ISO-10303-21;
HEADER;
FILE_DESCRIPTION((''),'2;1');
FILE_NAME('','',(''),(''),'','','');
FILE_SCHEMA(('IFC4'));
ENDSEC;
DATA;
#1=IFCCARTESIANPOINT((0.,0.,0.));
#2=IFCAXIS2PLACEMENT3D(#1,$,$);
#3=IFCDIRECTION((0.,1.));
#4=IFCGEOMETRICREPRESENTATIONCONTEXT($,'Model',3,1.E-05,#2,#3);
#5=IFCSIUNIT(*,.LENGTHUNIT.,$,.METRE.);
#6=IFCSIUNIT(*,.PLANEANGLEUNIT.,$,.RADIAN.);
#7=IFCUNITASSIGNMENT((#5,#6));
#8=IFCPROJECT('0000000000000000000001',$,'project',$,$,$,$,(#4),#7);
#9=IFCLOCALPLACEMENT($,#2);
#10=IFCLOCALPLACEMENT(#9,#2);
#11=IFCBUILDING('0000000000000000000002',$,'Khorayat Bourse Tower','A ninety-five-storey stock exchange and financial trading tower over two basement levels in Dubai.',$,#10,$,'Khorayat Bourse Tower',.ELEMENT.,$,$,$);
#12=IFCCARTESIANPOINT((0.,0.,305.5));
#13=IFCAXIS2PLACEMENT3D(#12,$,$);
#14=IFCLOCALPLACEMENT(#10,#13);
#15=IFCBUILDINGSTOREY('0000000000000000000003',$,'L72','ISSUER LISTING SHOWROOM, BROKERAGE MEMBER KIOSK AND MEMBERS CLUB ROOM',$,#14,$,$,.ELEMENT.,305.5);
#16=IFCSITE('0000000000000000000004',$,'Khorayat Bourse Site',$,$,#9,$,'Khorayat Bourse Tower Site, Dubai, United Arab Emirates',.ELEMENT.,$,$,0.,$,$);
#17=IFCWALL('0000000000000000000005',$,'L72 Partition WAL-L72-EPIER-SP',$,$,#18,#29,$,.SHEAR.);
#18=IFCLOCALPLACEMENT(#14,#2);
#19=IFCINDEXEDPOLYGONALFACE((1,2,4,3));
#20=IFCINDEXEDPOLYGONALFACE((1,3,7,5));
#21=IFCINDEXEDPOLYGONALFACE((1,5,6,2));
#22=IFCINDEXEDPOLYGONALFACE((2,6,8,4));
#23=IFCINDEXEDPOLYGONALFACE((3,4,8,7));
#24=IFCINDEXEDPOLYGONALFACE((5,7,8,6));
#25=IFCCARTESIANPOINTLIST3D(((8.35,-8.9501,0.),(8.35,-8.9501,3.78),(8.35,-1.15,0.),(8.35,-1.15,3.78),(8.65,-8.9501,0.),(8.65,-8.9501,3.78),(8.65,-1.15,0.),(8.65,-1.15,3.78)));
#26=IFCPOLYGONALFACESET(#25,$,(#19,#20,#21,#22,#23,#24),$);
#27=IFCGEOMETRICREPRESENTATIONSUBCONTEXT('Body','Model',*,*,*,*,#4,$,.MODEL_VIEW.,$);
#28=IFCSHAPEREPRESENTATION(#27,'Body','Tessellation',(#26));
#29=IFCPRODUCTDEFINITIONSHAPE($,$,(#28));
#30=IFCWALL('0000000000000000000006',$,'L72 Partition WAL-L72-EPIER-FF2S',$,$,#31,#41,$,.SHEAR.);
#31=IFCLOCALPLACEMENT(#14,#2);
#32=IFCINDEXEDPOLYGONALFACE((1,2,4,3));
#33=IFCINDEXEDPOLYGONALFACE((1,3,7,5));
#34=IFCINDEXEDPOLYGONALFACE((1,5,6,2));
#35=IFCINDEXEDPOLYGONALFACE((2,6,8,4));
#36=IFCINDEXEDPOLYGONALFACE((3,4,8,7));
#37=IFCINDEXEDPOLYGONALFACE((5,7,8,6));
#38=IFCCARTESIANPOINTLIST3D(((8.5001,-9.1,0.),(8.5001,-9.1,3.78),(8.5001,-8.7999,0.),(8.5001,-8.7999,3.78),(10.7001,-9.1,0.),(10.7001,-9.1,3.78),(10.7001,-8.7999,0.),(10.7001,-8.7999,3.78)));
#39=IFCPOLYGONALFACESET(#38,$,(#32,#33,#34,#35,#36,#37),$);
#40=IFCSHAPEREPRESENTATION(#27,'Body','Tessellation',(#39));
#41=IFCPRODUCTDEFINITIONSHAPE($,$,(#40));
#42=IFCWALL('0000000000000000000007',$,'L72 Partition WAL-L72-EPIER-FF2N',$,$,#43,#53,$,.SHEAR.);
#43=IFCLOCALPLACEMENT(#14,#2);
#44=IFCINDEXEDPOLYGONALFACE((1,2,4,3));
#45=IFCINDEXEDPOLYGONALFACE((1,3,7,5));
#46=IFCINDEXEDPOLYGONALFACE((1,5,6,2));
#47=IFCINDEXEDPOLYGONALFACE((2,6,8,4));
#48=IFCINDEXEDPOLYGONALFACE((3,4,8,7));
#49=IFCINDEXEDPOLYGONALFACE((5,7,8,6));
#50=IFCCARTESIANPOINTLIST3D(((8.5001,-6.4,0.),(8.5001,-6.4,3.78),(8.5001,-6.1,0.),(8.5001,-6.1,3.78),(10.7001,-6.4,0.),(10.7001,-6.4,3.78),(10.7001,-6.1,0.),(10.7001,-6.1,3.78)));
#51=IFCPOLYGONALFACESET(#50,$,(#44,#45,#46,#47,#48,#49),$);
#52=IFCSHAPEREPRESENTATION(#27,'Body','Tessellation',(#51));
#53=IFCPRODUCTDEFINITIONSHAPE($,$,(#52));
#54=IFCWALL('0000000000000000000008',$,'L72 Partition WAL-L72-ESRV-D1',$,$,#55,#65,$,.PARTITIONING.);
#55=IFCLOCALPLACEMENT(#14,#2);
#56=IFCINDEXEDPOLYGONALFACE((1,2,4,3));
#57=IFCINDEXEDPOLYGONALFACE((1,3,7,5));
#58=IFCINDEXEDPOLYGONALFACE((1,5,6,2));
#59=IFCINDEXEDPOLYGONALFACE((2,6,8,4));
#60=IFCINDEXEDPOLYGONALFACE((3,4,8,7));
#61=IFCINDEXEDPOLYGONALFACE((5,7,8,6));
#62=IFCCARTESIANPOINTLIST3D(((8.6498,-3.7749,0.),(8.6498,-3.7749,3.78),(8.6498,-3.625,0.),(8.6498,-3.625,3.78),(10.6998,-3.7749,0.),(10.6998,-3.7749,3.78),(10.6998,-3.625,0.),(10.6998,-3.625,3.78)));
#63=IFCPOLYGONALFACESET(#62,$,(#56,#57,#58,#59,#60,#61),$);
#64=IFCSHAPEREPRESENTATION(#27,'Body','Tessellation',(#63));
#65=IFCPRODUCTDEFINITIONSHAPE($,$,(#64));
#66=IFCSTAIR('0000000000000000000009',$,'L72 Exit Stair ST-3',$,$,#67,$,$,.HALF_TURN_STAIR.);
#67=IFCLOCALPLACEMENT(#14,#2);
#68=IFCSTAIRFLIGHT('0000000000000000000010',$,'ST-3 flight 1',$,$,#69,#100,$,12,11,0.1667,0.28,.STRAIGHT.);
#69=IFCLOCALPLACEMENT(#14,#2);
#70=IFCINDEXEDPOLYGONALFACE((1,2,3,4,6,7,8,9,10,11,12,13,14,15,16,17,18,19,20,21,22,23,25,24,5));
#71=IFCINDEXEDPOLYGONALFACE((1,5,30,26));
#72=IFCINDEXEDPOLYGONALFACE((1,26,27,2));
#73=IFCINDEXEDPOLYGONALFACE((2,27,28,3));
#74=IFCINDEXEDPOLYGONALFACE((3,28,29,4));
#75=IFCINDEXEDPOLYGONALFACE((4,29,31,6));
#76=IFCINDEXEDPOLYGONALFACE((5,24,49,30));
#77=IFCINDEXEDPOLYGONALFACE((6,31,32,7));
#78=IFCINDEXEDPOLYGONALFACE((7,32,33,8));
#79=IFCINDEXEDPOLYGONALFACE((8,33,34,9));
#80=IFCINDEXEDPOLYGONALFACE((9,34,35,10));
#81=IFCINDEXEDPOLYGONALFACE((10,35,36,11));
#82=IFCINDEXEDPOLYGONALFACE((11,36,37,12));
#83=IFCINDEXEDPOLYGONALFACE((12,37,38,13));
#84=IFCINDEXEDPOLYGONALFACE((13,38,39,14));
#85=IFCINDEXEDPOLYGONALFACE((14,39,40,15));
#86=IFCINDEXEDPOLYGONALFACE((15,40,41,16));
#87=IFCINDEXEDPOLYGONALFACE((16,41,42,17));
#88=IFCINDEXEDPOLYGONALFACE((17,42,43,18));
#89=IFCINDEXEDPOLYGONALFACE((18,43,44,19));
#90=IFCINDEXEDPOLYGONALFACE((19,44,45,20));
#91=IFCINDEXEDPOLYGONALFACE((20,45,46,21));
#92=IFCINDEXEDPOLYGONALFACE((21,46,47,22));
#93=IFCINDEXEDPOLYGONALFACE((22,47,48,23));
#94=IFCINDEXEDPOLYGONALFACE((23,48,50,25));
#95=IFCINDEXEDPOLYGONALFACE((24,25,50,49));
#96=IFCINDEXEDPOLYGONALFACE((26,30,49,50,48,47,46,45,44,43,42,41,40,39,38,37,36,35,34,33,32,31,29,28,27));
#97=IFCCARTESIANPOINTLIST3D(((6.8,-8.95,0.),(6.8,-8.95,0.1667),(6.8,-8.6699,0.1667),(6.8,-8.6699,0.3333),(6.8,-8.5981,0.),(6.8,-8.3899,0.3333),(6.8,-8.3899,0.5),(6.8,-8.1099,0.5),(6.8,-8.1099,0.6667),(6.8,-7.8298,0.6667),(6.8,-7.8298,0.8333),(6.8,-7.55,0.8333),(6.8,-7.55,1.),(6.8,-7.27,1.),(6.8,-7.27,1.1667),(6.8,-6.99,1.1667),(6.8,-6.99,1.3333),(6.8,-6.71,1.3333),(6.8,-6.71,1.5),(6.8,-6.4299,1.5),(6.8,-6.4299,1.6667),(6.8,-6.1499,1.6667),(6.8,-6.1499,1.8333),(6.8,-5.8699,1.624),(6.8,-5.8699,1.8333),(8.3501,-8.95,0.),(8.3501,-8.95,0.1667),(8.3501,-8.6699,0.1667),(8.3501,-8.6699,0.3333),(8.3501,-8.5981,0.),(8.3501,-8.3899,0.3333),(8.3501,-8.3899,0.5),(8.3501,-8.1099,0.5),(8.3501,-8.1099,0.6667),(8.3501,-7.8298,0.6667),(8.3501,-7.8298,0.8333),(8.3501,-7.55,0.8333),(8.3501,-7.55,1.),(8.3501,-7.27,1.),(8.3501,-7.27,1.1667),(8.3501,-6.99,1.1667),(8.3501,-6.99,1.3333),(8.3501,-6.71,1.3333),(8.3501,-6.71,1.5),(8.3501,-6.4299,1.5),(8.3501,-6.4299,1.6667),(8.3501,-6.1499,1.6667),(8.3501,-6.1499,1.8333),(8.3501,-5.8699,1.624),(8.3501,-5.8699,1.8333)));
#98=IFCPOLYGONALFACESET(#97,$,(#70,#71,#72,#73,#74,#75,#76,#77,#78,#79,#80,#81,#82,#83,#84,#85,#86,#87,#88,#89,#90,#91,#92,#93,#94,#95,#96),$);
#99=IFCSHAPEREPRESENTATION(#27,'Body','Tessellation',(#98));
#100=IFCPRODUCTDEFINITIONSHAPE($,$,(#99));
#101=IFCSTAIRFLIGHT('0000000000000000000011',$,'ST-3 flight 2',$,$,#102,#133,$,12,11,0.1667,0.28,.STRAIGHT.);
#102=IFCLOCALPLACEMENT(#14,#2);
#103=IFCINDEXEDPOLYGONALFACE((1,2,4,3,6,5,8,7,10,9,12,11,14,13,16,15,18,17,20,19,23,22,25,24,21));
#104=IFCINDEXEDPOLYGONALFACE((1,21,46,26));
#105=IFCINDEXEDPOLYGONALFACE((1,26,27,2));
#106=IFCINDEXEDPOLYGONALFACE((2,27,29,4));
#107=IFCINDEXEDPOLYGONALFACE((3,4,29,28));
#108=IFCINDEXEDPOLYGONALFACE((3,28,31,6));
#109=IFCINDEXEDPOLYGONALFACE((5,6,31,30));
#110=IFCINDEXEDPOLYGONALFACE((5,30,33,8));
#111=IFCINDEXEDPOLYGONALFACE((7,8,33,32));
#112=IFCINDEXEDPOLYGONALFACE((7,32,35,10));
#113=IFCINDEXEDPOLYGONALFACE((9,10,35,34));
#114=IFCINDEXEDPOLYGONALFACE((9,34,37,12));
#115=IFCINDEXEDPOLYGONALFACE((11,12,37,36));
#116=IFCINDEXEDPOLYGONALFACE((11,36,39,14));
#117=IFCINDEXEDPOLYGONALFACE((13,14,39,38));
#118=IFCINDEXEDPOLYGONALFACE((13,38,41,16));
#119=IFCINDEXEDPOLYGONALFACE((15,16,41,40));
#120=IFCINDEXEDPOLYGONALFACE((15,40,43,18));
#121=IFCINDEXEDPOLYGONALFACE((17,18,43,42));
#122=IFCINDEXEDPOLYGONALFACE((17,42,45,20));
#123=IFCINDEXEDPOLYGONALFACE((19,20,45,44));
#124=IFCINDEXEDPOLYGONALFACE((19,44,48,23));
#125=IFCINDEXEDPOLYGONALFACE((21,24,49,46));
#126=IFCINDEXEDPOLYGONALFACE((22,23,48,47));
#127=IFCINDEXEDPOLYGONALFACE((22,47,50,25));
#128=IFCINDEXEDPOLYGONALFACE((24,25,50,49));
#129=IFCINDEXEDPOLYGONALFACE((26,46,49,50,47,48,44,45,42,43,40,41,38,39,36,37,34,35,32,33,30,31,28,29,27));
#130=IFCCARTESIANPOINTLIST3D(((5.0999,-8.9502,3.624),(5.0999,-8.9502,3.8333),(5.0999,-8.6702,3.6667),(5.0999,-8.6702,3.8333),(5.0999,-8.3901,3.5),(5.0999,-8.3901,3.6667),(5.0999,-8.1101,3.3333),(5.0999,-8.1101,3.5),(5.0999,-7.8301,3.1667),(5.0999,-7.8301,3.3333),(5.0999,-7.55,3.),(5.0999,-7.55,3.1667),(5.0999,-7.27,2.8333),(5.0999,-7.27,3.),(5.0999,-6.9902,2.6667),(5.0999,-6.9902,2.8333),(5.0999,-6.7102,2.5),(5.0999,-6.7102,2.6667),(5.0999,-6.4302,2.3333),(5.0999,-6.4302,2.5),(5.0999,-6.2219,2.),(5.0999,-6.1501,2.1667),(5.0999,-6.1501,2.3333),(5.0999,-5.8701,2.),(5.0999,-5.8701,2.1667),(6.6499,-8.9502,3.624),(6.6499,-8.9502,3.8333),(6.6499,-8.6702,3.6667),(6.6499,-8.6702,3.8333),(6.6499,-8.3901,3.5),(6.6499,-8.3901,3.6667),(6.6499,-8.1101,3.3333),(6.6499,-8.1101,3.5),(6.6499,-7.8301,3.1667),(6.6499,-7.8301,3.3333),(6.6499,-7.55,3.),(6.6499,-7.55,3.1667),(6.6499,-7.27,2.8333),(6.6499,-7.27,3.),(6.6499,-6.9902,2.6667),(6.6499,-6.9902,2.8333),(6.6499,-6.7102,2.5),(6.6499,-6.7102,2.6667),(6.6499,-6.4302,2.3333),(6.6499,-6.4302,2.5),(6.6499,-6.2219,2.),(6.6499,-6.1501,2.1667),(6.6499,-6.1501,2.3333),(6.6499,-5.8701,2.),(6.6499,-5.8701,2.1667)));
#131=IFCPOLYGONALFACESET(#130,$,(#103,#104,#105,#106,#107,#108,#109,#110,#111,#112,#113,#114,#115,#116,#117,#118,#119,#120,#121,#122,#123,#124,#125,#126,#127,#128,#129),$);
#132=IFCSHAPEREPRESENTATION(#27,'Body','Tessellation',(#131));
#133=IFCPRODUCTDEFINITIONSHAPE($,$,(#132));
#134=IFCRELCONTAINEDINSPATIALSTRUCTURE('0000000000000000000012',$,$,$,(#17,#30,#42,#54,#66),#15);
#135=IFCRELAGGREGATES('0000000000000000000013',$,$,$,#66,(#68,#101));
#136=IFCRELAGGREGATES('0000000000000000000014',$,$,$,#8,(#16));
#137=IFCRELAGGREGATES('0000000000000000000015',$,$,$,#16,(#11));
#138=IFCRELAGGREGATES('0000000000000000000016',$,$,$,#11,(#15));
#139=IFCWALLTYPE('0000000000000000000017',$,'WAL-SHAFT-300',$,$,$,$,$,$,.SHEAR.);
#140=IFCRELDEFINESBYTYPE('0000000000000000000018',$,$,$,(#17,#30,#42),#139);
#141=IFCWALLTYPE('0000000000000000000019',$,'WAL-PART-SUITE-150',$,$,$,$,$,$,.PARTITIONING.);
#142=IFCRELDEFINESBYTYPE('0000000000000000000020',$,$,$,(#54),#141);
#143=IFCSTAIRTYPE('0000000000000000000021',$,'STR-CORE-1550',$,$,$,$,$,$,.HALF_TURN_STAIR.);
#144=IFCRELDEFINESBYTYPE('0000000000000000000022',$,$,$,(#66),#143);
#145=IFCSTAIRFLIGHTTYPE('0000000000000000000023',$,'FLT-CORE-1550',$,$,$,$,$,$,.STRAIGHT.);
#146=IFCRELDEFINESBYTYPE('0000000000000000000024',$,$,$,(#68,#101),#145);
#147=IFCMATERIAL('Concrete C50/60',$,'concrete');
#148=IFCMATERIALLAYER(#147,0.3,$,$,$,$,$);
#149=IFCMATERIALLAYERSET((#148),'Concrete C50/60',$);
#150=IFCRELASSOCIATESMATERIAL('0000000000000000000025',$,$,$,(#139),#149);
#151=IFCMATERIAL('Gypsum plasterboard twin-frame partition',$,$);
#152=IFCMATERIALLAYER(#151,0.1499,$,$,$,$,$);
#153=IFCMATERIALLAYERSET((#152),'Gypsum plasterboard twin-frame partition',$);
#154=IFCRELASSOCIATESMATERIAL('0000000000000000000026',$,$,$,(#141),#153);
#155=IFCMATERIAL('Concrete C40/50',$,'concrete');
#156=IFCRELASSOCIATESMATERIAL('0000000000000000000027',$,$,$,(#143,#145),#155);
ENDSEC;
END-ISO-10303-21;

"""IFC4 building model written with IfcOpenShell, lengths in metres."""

from ifc_helpers import new_model, si_unit, direction, frame, frame_2d, origin, place, context, subcontext, project, spatial, polyline, rectangle, outline, extrude, source, transform, mapped, material, layer, layer_set, type_object, element, aggregate, save


model = new_model("IFC4")

# Units and contexts
model_context = context("Model", 3, precision=1e-05, world=origin(), true_north=direction((0.0, 1.0)))
body_context = subcontext(model_context, "Body", "Model", "MODEL_VIEW")
ifc_project = project(units=[si_unit("LENGTHUNIT", "METRE"), si_unit("PLANEANGLEUNIT", "RADIAN")], contexts=[model_context])

# Site, building, storey
site_placement = place(None, origin())
site = spatial("IfcSite", under=ifc_project, at=site_placement, Name="Khorayat Bourse Site", LongName="Khorayat Bourse Tower Site, Dubai, United Arab Emirates", CompositionType="ELEMENT", RefElevation=0.0)
building_placement = place(site_placement, origin())
building = spatial("IfcBuilding", under=site, at=building_placement, Name="Khorayat Bourse Tower", Description="A ninety-five-storey stock exchange and financial trading tower over two basement levels in Dubai.", LongName="Khorayat Bourse Tower", CompositionType="ELEMENT")
storey_placement = place(building_placement, frame((0.0, 0.0, 305.5)))
storey = spatial("IfcBuildingStorey", under=building, at=storey_placement, Name="L72", Description="ISSUER LISTING SHOWROOM, BROKERAGE MEMBER KIOSK AND MEMBERS CLUB ROOM", CompositionType="ELEMENT", Elevation=305.5)

# Walls
ifc_material_1 = material(Name="Concrete C50/60", Category="concrete")
ifc_layer_1 = layer(ifc_material_1, 0.3)
ifc_layer_set_1 = layer_set([ifc_layer_1], Name="Concrete C50/60")
wall_type_1 = type_object("IfcWallType", Name="WAL-SHAFT-300", PredefinedType="SHEAR", material=ifc_layer_set_1)
shared_shape_1 = source(origin(), body_context, "Body", "SweptSolid", [
    extrude(rectangle(XDim=7.8, YDim=0.3, at=frame_2d((3.8999, 0.0))), origin(), (0.0, 0.0, 1.0), 3.78),
])
wall_1_placement = place(storey_placement, frame((8.5, -8.95, 0.0), z_axis=(0.0, 0.0, 1.0), x_axis=(0.0, 1.0, 0.0)))
element("IfcWall", 1, at=wall_1_placement, inside=storey, type_object=wall_type_1, Name="L72 Partition WAL-L72-EPIER-SP", PredefinedType="SHEAR", context=body_context, shape_type="MappedRepresentation", body=[
    mapped(shared_shape_1, transform((0.0, 0.0, 0.0), scale=1.0)),
])
shared_shape_2 = source(origin(), body_context, "Body", "SweptSolid", [
    extrude(rectangle(XDim=2.2, YDim=0.3, at=frame_2d((1.1001, 0.0))), origin(), (0.0, 0.0, 1.0), 3.78),
])
for number, where, z_axis, x_axis, name in (
    (2, (8.5, -8.95, 0.0), (0.0, 0.0, 1.0), (1.0, 0.0, 0.0), "L72 Partition WAL-L72-EPIER-FF2S"),
    (3, (8.5, -6.25, 0.0), (0.0, 0.0, 1.0), (1.0, 0.0, 0.0), "L72 Partition WAL-L72-EPIER-FF2N"),
):
    element("IfcWall", number, at=place(storey_placement, frame(where, z_axis=z_axis, x_axis=x_axis)), inside=storey, type_object=wall_type_1, Name=name, PredefinedType="SHEAR", context=body_context, shape_type="MappedRepresentation", body=[
        mapped(shared_shape_2, transform((0.0, 0.0, 0.0), scale=1.0)),
    ])
ifc_material_2 = material(Name="Gypsum plasterboard twin-frame partition")
ifc_layer_2 = layer(ifc_material_2, 0.1499)
ifc_layer_set_2 = layer_set([ifc_layer_2], Name="Gypsum plasterboard twin-frame partition")
wall_type_2 = type_object("IfcWallType", Name="WAL-PART-SUITE-150", PredefinedType="PARTITIONING", material=ifc_layer_set_2)
shared_shape_3 = source(origin(), body_context, "Body", "SweptSolid", [
    extrude(rectangle(XDim=2.05, YDim=0.1499, at=frame_2d((1.0249, 0.0))), origin(), (0.0, 0.0, 1.0), 3.78),
])
wall_2_placement = place(storey_placement, frame((8.6499, -3.7, 0.0), z_axis=(0.0, 0.0, 1.0), x_axis=(1.0, 0.0, 0.0)))
element("IfcWall", 4, at=wall_2_placement, inside=storey, type_object=wall_type_2, Name="L72 Partition WAL-L72-ESRV-D1", PredefinedType="PARTITIONING", context=body_context, shape_type="MappedRepresentation", body=[
    mapped(shared_shape_3, transform((0.0, 0.0, 0.0), scale=1.0)),
])

# Stair, stair flights
ifc_material_3 = material(Name="Concrete C40/50", Category="concrete")
stair_type = type_object("IfcStairType", Name="STR-CORE-1550", PredefinedType="HALF_TURN_STAIR", material=ifc_material_3)
stair_placement = place(storey_placement, origin())
stair = element("IfcStair", 5, at=stair_placement, inside=storey, type_object=stair_type, Name="L72 Exit Stair ST-3", PredefinedType="HALF_TURN_STAIR")
stair_flight_type = type_object("IfcStairFlightType", Name="FLT-CORE-1550", PredefinedType="STRAIGHT", material=ifc_material_3)
shared_shape_4 = source(origin(), body_context, "Body", "SweptSolid", [
    extrude(outline(polyline([(0.0, 0.0), (0.0, 0.1667), (0.28, 0.1667), (0.28, 0.3333), (0.5601, 0.3333), (0.5601, 0.5), (0.8401, 0.5), (0.8401, 0.6667), (1.1201, 0.6667), (1.1201, 0.8333), (1.3999, 0.8333), (1.3999, 1.0), (1.6799, 1.0), (1.6799, 1.1667), (1.96, 1.1667), (1.96, 1.3333), (2.24, 1.3333), (2.24, 1.5), (2.52, 1.5), (2.52, 1.6667), (2.8, 1.6667), (2.8, 1.8333), (3.0801, 1.8333), (3.0801, 2.0), (3.0801, 1.624), (0.3518, 0.0), (0.0, 0.0)])), frame((0.0, 0.7749, 0.0), z_axis=(0.0, -1.0, 0.0), x_axis=(1.0, 0.0, 0.0)), (0.0, 0.0, 1.0), 1.55),
])
stair_flight_1_placement = place(storey_placement, frame((7.575, -8.95, 0.0), z_axis=(0.0, 0.0, 1.0), x_axis=(0.0, 1.0, 0.0)))
stair_flight_1 = element("IfcStairFlight", 6, at=stair_flight_1_placement, type_object=stair_flight_type, Name="ST-3 flight 1", NumberOfRisers=12, NumberOfTreads=11, PredefinedType="STRAIGHT", RiserHeight=0.1667, TreadLength=0.28, context=body_context, shape_type="MappedRepresentation", body=[
    mapped(shared_shape_4, transform((0.0, 0.0, 0.0), scale=1.0)),
])
stair_flight_2_placement = place(storey_placement, frame((5.875, -5.8701, 2.0), z_axis=(0.0, 0.0, 1.0), x_axis=(0.0, -1.0, 0.0)))
stair_flight_2 = element("IfcStairFlight", 7, at=stair_flight_2_placement, type_object=stair_flight_type, Name="ST-3 flight 2", NumberOfRisers=12, NumberOfTreads=11, PredefinedType="STRAIGHT", RiserHeight=0.1667, TreadLength=0.28, context=body_context, shape_type="MappedRepresentation", body=[
    mapped(shared_shape_4, transform((0.0, 0.0, 0.0), scale=1.0)),
])
aggregate(stair, [stair_flight_1, stair_flight_2])

save(model, "model.ifc")
